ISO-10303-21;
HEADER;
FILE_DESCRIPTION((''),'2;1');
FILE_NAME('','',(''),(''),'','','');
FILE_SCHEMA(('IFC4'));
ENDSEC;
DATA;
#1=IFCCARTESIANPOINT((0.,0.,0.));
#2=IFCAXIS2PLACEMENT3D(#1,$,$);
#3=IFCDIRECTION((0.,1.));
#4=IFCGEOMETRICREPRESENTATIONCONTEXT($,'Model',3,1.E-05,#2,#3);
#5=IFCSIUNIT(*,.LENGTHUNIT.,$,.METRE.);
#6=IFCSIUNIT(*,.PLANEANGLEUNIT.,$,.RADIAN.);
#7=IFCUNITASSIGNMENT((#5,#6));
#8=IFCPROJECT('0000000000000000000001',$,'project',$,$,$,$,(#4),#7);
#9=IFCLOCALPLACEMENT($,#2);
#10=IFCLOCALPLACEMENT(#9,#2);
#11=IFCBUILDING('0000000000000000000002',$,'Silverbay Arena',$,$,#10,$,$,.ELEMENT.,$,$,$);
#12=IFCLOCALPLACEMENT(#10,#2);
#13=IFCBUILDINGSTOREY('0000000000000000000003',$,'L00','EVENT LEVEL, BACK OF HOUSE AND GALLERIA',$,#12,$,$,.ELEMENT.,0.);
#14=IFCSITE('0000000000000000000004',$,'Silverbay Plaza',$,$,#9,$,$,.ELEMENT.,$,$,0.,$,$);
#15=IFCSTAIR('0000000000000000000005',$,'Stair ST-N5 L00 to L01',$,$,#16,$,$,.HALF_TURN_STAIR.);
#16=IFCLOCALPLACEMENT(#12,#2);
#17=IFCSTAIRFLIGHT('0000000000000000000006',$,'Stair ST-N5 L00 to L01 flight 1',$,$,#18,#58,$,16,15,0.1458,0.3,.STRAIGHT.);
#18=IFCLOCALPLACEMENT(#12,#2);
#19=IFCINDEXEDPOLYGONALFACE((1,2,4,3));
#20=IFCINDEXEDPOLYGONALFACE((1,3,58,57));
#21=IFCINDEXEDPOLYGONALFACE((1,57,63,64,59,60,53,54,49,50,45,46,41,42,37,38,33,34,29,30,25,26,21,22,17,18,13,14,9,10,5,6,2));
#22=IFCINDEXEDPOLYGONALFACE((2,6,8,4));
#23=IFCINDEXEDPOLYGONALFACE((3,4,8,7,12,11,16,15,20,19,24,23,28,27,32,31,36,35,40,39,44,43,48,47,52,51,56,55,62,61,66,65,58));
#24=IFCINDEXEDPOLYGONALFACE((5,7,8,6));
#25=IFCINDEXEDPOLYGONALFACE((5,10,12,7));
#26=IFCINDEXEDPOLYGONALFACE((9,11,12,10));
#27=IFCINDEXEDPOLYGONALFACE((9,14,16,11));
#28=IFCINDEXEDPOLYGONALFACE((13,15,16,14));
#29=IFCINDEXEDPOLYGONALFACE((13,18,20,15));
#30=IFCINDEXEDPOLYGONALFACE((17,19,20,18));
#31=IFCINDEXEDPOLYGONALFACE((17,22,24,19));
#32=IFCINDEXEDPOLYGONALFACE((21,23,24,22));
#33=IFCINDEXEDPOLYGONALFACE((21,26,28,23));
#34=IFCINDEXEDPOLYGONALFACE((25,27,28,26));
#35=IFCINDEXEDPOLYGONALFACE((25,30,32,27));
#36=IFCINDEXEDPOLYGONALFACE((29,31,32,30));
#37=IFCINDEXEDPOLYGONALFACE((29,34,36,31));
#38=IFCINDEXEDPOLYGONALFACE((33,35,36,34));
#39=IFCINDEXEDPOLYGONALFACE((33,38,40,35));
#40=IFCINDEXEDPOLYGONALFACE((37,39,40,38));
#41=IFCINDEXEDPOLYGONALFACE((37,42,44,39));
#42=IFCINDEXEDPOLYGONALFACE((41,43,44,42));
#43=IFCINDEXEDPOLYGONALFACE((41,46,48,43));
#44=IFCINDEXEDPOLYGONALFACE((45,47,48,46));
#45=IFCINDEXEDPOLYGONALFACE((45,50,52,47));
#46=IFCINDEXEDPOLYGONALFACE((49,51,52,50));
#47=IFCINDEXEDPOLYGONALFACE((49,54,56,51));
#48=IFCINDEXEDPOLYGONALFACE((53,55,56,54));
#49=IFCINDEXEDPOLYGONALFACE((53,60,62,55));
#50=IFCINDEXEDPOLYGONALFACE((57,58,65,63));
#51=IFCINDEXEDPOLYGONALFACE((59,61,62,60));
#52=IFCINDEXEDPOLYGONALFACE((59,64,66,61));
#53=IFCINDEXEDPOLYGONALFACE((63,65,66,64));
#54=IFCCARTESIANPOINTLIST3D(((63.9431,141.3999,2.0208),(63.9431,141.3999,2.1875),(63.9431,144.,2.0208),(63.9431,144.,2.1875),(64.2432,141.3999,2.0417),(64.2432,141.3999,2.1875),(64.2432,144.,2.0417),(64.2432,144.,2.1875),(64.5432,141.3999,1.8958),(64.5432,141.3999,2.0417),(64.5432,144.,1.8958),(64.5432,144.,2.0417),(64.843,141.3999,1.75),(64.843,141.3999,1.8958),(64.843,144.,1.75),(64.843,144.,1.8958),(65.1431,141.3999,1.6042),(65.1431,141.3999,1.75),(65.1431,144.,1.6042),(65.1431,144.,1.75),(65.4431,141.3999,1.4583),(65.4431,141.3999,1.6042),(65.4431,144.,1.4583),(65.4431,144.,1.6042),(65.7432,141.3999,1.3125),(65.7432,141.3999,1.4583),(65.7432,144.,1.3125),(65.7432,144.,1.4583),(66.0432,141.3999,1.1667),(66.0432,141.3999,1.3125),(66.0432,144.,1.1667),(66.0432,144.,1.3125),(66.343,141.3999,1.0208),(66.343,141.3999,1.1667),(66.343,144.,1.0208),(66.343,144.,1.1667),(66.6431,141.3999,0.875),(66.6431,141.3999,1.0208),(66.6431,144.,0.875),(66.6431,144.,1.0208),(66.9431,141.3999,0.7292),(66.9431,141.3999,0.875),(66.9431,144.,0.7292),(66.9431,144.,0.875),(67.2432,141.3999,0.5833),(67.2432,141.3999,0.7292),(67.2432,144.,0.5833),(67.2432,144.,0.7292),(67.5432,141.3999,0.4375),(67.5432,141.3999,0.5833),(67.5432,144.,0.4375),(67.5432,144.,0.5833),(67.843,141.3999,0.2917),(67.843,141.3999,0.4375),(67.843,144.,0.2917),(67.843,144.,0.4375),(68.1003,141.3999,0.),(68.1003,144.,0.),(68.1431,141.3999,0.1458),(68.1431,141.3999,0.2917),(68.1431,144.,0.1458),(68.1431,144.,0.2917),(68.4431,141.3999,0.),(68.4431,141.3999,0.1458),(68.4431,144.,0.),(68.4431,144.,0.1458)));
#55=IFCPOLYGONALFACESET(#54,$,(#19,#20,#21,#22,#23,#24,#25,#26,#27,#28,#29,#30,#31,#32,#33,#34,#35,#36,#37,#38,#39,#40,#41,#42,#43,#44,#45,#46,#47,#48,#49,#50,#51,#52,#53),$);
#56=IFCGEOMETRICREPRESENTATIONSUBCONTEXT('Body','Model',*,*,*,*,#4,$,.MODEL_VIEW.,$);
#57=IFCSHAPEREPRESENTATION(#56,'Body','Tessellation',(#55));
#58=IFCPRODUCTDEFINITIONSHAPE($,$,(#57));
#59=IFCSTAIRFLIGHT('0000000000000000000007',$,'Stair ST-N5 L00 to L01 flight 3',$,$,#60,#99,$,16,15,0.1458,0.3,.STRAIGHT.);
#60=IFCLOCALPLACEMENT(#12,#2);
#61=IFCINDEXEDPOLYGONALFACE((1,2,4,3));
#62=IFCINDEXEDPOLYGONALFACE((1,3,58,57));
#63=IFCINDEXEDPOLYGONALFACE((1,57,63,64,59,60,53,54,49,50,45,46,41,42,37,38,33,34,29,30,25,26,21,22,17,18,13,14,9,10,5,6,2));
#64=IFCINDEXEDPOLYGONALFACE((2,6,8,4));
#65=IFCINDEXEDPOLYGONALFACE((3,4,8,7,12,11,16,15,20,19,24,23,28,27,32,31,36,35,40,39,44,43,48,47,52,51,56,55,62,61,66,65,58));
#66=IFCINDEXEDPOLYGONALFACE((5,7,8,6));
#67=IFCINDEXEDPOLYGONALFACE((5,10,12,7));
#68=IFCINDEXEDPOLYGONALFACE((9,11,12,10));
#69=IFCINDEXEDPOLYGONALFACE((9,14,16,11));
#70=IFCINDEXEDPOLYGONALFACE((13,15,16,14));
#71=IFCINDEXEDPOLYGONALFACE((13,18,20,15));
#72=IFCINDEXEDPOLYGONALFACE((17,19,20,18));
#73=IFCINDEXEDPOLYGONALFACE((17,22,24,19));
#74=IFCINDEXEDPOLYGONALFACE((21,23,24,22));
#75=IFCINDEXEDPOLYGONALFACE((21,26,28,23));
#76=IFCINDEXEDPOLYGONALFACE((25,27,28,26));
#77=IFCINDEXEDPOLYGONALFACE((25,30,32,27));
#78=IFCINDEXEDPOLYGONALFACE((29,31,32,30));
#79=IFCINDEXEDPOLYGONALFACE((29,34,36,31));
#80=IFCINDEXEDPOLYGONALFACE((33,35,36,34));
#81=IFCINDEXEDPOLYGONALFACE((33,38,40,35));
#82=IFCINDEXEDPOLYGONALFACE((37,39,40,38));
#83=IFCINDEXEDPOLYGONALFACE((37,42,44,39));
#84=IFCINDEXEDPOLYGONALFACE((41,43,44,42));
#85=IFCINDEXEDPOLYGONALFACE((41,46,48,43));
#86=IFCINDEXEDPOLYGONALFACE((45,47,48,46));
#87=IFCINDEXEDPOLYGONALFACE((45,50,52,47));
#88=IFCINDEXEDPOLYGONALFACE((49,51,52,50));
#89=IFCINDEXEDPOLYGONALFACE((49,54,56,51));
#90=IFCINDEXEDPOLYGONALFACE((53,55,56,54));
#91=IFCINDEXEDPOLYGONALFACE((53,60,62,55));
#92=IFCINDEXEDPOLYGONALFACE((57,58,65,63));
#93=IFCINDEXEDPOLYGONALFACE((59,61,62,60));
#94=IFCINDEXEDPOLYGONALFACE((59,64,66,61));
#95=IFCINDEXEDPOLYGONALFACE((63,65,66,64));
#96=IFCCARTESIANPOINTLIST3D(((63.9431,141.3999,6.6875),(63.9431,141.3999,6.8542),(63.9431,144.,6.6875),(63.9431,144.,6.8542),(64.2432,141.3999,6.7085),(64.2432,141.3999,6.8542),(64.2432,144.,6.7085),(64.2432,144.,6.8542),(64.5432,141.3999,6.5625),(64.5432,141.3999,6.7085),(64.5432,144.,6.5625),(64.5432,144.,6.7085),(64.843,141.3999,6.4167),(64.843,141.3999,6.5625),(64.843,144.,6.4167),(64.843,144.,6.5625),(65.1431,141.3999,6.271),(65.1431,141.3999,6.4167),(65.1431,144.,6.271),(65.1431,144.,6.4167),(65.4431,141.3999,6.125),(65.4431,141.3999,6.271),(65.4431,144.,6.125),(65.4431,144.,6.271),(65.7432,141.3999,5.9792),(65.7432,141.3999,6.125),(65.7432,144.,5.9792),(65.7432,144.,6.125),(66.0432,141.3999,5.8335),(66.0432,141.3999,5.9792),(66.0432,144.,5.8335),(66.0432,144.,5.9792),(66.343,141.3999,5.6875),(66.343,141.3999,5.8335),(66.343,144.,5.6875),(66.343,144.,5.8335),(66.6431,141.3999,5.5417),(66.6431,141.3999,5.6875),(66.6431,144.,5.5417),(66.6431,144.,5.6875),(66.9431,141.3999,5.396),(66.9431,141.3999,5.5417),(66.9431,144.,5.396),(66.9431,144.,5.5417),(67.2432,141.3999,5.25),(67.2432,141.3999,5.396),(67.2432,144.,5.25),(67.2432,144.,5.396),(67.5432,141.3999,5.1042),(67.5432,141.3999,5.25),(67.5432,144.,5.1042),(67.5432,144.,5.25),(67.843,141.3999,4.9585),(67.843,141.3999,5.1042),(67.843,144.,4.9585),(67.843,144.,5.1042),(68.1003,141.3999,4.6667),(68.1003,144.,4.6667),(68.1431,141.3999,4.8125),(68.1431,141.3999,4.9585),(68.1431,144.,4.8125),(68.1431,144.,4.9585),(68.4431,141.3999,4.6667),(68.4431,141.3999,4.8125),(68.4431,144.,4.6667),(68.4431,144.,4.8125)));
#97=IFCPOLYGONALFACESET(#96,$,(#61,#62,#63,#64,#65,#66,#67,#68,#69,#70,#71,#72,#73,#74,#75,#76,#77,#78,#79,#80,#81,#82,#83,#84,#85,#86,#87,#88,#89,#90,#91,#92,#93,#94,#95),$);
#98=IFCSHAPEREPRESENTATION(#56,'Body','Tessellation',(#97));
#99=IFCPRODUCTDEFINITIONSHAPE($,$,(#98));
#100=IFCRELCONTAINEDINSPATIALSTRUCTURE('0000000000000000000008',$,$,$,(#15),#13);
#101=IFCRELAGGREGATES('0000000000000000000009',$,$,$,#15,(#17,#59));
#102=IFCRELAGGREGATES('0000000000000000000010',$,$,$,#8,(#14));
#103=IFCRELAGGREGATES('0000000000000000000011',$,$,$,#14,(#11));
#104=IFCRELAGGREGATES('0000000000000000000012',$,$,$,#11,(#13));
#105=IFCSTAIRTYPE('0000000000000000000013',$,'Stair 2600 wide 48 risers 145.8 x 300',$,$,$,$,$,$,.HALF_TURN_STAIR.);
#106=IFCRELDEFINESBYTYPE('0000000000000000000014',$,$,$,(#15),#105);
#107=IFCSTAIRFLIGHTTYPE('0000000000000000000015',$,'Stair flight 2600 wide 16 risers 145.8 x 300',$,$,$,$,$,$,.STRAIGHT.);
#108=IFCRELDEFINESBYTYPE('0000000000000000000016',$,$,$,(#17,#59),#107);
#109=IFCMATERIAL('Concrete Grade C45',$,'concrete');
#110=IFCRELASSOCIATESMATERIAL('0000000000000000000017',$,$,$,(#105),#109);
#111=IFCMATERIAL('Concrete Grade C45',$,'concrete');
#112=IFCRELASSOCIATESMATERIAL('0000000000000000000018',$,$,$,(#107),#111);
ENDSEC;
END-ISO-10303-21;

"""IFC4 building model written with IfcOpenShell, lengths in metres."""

from ifc_helpers import new_model, si_unit, direction, frame, origin, place, context, subcontext, project, spatial, polyline, outline, extrude, material, type_object, element, aggregate, save


model = new_model("IFC4")

# Units and contexts
model_context = context("Model", 3, precision=1e-05, world=origin(), true_north=direction((0.0, 1.0)))
body_context = subcontext(model_context, "Body", "Model", "MODEL_VIEW")
ifc_project = project(units=[si_unit("LENGTHUNIT", "METRE"), si_unit("PLANEANGLEUNIT", "RADIAN")], contexts=[model_context])

# Site, building, storey
site_placement = place(None, origin())
site = spatial("IfcSite", under=ifc_project, at=site_placement, Name="Silverbay Plaza", CompositionType="ELEMENT", RefElevation=0.0)
building_placement = place(site_placement, origin())
building = spatial("IfcBuilding", under=site, at=building_placement, Name="Silverbay Arena", CompositionType="ELEMENT")
storey_placement = place(building_placement, origin())
storey = spatial("IfcBuildingStorey", under=building, at=storey_placement, Name="L00", Description="EVENT LEVEL, BACK OF HOUSE AND GALLERIA", CompositionType="ELEMENT", Elevation=0.0)

# Stair, stair flights
ifc_material_1 = material(Name="Concrete Grade C45", Category="concrete")
stair_type = type_object("IfcStairType", Name="Stair 2600 wide 48 risers 145.8 x 300", PredefinedType="HALF_TURN_STAIR", material=ifc_material_1)
stair_placement = place(storey_placement, origin())
stair = element("IfcStair", 1, at=stair_placement, inside=storey, type_object=stair_type, Name="Stair ST-N5 L00 to L01", PredefinedType="HALF_TURN_STAIR")
ifc_material_2 = material(Name="Concrete Grade C45", Category="concrete")
stair_flight_type = type_object("IfcStairFlightType", Name="Stair flight 2600 wide 16 risers 145.8 x 300", PredefinedType="STRAIGHT", material=ifc_material_2)
stair_flight_1_placement = place(storey_placement, frame((68.4431, 142.7, 0.0), z_axis=(0.0, 0.0, 1.0), x_axis=(-1.0, 0.0, 0.0)))
stair_flight_1 = element("IfcStairFlight", 2, at=stair_flight_1_placement, type_object=stair_flight_type, Name="Stair ST-N5 L00 to L01 flight 1", NumberOfRisers=16, NumberOfTreads=15, PredefinedType="STRAIGHT", RiserHeight=0.1458, TreadLength=0.3, context=body_context, shape_type="SweptSolid", body=[
    extrude(outline(polyline([(0.0, 0.0), (0.0, 0.1458), (0.3, 0.1458), (0.3, 0.2917), (0.6001, 0.2917), (0.6001, 0.4375), (0.8999, 0.4375), (0.8999, 0.5833), (1.2, 0.5833), (1.2, 0.7292), (1.5, 0.7292), (1.5, 0.875), (1.8, 0.875), (1.8, 1.0208), (2.1001, 1.0208), (2.1001, 1.1667), (2.3999, 1.1667), (2.3999, 1.3125), (2.7, 1.3125), (2.7, 1.4583), (3.0, 1.4583), (3.0, 1.6042), (3.3, 1.6042), (3.3, 1.75), (3.6001, 1.75), (3.6001, 1.8958), (3.8999, 1.8958), (3.8999, 2.0417), (4.2, 2.0417), (4.2, 2.1875), (4.5, 2.1875), (4.5, 2.0208), (0.3428, 0.0), (0.0, 0.0)])), frame((0.0, 1.3, 0.0), z_axis=(0.0, -1.0, 0.0), x_axis=(1.0, 0.0, 0.0)), (0.0, 0.0, 1.0), 2.6001),
])
stair_flight_2_placement = place(storey_placement, frame((68.4431, 142.7, 4.6667), z_axis=(0.0, 0.0, 1.0), x_axis=(-1.0, 0.0, 0.0)))
stair_flight_2 = element("IfcStairFlight", 3, at=stair_flight_2_placement, type_object=stair_flight_type, Name="Stair ST-N5 L00 to L01 flight 3", NumberOfRisers=16, NumberOfTreads=15, PredefinedType="STRAIGHT", RiserHeight=0.1458, TreadLength=0.3, context=body_context, shape_type="SweptSolid", body=[
    extrude(outline(polyline([(0.0, 0.0), (0.0, 0.1458), (0.3, 0.1458), (0.3, 0.2917), (0.6001, 0.2917), (0.6001, 0.4375), (0.8999, 0.4375), (0.8999, 0.5833), (1.2, 0.5833), (1.2, 0.7292), (1.5, 0.7292), (1.5, 0.875), (1.8, 0.875), (1.8, 1.0208), (2.1001, 1.0208), (2.1001, 1.1667), (2.3999, 1.1667), (2.3999, 1.3125), (2.7, 1.3125), (2.7, 1.4583), (3.0, 1.4583), (3.0, 1.6042), (3.3, 1.6042), (3.3, 1.75), (3.6001, 1.75), (3.6001, 1.8958), (3.8999, 1.8958), (3.8999, 2.0417), (4.2, 2.0417), (4.2, 2.1875), (4.5, 2.1875), (4.5, 2.0208), (0.3428, 0.0), (0.0, 0.0)])), frame((0.0, 1.3, 0.0), z_axis=(0.0, -1.0, 0.0), x_axis=(1.0, 0.0, 0.0)), (0.0, 0.0, 1.0), 2.6001),
])
aggregate(stair, [stair_flight_1, stair_flight_2])

save(model, "model.ifc")
